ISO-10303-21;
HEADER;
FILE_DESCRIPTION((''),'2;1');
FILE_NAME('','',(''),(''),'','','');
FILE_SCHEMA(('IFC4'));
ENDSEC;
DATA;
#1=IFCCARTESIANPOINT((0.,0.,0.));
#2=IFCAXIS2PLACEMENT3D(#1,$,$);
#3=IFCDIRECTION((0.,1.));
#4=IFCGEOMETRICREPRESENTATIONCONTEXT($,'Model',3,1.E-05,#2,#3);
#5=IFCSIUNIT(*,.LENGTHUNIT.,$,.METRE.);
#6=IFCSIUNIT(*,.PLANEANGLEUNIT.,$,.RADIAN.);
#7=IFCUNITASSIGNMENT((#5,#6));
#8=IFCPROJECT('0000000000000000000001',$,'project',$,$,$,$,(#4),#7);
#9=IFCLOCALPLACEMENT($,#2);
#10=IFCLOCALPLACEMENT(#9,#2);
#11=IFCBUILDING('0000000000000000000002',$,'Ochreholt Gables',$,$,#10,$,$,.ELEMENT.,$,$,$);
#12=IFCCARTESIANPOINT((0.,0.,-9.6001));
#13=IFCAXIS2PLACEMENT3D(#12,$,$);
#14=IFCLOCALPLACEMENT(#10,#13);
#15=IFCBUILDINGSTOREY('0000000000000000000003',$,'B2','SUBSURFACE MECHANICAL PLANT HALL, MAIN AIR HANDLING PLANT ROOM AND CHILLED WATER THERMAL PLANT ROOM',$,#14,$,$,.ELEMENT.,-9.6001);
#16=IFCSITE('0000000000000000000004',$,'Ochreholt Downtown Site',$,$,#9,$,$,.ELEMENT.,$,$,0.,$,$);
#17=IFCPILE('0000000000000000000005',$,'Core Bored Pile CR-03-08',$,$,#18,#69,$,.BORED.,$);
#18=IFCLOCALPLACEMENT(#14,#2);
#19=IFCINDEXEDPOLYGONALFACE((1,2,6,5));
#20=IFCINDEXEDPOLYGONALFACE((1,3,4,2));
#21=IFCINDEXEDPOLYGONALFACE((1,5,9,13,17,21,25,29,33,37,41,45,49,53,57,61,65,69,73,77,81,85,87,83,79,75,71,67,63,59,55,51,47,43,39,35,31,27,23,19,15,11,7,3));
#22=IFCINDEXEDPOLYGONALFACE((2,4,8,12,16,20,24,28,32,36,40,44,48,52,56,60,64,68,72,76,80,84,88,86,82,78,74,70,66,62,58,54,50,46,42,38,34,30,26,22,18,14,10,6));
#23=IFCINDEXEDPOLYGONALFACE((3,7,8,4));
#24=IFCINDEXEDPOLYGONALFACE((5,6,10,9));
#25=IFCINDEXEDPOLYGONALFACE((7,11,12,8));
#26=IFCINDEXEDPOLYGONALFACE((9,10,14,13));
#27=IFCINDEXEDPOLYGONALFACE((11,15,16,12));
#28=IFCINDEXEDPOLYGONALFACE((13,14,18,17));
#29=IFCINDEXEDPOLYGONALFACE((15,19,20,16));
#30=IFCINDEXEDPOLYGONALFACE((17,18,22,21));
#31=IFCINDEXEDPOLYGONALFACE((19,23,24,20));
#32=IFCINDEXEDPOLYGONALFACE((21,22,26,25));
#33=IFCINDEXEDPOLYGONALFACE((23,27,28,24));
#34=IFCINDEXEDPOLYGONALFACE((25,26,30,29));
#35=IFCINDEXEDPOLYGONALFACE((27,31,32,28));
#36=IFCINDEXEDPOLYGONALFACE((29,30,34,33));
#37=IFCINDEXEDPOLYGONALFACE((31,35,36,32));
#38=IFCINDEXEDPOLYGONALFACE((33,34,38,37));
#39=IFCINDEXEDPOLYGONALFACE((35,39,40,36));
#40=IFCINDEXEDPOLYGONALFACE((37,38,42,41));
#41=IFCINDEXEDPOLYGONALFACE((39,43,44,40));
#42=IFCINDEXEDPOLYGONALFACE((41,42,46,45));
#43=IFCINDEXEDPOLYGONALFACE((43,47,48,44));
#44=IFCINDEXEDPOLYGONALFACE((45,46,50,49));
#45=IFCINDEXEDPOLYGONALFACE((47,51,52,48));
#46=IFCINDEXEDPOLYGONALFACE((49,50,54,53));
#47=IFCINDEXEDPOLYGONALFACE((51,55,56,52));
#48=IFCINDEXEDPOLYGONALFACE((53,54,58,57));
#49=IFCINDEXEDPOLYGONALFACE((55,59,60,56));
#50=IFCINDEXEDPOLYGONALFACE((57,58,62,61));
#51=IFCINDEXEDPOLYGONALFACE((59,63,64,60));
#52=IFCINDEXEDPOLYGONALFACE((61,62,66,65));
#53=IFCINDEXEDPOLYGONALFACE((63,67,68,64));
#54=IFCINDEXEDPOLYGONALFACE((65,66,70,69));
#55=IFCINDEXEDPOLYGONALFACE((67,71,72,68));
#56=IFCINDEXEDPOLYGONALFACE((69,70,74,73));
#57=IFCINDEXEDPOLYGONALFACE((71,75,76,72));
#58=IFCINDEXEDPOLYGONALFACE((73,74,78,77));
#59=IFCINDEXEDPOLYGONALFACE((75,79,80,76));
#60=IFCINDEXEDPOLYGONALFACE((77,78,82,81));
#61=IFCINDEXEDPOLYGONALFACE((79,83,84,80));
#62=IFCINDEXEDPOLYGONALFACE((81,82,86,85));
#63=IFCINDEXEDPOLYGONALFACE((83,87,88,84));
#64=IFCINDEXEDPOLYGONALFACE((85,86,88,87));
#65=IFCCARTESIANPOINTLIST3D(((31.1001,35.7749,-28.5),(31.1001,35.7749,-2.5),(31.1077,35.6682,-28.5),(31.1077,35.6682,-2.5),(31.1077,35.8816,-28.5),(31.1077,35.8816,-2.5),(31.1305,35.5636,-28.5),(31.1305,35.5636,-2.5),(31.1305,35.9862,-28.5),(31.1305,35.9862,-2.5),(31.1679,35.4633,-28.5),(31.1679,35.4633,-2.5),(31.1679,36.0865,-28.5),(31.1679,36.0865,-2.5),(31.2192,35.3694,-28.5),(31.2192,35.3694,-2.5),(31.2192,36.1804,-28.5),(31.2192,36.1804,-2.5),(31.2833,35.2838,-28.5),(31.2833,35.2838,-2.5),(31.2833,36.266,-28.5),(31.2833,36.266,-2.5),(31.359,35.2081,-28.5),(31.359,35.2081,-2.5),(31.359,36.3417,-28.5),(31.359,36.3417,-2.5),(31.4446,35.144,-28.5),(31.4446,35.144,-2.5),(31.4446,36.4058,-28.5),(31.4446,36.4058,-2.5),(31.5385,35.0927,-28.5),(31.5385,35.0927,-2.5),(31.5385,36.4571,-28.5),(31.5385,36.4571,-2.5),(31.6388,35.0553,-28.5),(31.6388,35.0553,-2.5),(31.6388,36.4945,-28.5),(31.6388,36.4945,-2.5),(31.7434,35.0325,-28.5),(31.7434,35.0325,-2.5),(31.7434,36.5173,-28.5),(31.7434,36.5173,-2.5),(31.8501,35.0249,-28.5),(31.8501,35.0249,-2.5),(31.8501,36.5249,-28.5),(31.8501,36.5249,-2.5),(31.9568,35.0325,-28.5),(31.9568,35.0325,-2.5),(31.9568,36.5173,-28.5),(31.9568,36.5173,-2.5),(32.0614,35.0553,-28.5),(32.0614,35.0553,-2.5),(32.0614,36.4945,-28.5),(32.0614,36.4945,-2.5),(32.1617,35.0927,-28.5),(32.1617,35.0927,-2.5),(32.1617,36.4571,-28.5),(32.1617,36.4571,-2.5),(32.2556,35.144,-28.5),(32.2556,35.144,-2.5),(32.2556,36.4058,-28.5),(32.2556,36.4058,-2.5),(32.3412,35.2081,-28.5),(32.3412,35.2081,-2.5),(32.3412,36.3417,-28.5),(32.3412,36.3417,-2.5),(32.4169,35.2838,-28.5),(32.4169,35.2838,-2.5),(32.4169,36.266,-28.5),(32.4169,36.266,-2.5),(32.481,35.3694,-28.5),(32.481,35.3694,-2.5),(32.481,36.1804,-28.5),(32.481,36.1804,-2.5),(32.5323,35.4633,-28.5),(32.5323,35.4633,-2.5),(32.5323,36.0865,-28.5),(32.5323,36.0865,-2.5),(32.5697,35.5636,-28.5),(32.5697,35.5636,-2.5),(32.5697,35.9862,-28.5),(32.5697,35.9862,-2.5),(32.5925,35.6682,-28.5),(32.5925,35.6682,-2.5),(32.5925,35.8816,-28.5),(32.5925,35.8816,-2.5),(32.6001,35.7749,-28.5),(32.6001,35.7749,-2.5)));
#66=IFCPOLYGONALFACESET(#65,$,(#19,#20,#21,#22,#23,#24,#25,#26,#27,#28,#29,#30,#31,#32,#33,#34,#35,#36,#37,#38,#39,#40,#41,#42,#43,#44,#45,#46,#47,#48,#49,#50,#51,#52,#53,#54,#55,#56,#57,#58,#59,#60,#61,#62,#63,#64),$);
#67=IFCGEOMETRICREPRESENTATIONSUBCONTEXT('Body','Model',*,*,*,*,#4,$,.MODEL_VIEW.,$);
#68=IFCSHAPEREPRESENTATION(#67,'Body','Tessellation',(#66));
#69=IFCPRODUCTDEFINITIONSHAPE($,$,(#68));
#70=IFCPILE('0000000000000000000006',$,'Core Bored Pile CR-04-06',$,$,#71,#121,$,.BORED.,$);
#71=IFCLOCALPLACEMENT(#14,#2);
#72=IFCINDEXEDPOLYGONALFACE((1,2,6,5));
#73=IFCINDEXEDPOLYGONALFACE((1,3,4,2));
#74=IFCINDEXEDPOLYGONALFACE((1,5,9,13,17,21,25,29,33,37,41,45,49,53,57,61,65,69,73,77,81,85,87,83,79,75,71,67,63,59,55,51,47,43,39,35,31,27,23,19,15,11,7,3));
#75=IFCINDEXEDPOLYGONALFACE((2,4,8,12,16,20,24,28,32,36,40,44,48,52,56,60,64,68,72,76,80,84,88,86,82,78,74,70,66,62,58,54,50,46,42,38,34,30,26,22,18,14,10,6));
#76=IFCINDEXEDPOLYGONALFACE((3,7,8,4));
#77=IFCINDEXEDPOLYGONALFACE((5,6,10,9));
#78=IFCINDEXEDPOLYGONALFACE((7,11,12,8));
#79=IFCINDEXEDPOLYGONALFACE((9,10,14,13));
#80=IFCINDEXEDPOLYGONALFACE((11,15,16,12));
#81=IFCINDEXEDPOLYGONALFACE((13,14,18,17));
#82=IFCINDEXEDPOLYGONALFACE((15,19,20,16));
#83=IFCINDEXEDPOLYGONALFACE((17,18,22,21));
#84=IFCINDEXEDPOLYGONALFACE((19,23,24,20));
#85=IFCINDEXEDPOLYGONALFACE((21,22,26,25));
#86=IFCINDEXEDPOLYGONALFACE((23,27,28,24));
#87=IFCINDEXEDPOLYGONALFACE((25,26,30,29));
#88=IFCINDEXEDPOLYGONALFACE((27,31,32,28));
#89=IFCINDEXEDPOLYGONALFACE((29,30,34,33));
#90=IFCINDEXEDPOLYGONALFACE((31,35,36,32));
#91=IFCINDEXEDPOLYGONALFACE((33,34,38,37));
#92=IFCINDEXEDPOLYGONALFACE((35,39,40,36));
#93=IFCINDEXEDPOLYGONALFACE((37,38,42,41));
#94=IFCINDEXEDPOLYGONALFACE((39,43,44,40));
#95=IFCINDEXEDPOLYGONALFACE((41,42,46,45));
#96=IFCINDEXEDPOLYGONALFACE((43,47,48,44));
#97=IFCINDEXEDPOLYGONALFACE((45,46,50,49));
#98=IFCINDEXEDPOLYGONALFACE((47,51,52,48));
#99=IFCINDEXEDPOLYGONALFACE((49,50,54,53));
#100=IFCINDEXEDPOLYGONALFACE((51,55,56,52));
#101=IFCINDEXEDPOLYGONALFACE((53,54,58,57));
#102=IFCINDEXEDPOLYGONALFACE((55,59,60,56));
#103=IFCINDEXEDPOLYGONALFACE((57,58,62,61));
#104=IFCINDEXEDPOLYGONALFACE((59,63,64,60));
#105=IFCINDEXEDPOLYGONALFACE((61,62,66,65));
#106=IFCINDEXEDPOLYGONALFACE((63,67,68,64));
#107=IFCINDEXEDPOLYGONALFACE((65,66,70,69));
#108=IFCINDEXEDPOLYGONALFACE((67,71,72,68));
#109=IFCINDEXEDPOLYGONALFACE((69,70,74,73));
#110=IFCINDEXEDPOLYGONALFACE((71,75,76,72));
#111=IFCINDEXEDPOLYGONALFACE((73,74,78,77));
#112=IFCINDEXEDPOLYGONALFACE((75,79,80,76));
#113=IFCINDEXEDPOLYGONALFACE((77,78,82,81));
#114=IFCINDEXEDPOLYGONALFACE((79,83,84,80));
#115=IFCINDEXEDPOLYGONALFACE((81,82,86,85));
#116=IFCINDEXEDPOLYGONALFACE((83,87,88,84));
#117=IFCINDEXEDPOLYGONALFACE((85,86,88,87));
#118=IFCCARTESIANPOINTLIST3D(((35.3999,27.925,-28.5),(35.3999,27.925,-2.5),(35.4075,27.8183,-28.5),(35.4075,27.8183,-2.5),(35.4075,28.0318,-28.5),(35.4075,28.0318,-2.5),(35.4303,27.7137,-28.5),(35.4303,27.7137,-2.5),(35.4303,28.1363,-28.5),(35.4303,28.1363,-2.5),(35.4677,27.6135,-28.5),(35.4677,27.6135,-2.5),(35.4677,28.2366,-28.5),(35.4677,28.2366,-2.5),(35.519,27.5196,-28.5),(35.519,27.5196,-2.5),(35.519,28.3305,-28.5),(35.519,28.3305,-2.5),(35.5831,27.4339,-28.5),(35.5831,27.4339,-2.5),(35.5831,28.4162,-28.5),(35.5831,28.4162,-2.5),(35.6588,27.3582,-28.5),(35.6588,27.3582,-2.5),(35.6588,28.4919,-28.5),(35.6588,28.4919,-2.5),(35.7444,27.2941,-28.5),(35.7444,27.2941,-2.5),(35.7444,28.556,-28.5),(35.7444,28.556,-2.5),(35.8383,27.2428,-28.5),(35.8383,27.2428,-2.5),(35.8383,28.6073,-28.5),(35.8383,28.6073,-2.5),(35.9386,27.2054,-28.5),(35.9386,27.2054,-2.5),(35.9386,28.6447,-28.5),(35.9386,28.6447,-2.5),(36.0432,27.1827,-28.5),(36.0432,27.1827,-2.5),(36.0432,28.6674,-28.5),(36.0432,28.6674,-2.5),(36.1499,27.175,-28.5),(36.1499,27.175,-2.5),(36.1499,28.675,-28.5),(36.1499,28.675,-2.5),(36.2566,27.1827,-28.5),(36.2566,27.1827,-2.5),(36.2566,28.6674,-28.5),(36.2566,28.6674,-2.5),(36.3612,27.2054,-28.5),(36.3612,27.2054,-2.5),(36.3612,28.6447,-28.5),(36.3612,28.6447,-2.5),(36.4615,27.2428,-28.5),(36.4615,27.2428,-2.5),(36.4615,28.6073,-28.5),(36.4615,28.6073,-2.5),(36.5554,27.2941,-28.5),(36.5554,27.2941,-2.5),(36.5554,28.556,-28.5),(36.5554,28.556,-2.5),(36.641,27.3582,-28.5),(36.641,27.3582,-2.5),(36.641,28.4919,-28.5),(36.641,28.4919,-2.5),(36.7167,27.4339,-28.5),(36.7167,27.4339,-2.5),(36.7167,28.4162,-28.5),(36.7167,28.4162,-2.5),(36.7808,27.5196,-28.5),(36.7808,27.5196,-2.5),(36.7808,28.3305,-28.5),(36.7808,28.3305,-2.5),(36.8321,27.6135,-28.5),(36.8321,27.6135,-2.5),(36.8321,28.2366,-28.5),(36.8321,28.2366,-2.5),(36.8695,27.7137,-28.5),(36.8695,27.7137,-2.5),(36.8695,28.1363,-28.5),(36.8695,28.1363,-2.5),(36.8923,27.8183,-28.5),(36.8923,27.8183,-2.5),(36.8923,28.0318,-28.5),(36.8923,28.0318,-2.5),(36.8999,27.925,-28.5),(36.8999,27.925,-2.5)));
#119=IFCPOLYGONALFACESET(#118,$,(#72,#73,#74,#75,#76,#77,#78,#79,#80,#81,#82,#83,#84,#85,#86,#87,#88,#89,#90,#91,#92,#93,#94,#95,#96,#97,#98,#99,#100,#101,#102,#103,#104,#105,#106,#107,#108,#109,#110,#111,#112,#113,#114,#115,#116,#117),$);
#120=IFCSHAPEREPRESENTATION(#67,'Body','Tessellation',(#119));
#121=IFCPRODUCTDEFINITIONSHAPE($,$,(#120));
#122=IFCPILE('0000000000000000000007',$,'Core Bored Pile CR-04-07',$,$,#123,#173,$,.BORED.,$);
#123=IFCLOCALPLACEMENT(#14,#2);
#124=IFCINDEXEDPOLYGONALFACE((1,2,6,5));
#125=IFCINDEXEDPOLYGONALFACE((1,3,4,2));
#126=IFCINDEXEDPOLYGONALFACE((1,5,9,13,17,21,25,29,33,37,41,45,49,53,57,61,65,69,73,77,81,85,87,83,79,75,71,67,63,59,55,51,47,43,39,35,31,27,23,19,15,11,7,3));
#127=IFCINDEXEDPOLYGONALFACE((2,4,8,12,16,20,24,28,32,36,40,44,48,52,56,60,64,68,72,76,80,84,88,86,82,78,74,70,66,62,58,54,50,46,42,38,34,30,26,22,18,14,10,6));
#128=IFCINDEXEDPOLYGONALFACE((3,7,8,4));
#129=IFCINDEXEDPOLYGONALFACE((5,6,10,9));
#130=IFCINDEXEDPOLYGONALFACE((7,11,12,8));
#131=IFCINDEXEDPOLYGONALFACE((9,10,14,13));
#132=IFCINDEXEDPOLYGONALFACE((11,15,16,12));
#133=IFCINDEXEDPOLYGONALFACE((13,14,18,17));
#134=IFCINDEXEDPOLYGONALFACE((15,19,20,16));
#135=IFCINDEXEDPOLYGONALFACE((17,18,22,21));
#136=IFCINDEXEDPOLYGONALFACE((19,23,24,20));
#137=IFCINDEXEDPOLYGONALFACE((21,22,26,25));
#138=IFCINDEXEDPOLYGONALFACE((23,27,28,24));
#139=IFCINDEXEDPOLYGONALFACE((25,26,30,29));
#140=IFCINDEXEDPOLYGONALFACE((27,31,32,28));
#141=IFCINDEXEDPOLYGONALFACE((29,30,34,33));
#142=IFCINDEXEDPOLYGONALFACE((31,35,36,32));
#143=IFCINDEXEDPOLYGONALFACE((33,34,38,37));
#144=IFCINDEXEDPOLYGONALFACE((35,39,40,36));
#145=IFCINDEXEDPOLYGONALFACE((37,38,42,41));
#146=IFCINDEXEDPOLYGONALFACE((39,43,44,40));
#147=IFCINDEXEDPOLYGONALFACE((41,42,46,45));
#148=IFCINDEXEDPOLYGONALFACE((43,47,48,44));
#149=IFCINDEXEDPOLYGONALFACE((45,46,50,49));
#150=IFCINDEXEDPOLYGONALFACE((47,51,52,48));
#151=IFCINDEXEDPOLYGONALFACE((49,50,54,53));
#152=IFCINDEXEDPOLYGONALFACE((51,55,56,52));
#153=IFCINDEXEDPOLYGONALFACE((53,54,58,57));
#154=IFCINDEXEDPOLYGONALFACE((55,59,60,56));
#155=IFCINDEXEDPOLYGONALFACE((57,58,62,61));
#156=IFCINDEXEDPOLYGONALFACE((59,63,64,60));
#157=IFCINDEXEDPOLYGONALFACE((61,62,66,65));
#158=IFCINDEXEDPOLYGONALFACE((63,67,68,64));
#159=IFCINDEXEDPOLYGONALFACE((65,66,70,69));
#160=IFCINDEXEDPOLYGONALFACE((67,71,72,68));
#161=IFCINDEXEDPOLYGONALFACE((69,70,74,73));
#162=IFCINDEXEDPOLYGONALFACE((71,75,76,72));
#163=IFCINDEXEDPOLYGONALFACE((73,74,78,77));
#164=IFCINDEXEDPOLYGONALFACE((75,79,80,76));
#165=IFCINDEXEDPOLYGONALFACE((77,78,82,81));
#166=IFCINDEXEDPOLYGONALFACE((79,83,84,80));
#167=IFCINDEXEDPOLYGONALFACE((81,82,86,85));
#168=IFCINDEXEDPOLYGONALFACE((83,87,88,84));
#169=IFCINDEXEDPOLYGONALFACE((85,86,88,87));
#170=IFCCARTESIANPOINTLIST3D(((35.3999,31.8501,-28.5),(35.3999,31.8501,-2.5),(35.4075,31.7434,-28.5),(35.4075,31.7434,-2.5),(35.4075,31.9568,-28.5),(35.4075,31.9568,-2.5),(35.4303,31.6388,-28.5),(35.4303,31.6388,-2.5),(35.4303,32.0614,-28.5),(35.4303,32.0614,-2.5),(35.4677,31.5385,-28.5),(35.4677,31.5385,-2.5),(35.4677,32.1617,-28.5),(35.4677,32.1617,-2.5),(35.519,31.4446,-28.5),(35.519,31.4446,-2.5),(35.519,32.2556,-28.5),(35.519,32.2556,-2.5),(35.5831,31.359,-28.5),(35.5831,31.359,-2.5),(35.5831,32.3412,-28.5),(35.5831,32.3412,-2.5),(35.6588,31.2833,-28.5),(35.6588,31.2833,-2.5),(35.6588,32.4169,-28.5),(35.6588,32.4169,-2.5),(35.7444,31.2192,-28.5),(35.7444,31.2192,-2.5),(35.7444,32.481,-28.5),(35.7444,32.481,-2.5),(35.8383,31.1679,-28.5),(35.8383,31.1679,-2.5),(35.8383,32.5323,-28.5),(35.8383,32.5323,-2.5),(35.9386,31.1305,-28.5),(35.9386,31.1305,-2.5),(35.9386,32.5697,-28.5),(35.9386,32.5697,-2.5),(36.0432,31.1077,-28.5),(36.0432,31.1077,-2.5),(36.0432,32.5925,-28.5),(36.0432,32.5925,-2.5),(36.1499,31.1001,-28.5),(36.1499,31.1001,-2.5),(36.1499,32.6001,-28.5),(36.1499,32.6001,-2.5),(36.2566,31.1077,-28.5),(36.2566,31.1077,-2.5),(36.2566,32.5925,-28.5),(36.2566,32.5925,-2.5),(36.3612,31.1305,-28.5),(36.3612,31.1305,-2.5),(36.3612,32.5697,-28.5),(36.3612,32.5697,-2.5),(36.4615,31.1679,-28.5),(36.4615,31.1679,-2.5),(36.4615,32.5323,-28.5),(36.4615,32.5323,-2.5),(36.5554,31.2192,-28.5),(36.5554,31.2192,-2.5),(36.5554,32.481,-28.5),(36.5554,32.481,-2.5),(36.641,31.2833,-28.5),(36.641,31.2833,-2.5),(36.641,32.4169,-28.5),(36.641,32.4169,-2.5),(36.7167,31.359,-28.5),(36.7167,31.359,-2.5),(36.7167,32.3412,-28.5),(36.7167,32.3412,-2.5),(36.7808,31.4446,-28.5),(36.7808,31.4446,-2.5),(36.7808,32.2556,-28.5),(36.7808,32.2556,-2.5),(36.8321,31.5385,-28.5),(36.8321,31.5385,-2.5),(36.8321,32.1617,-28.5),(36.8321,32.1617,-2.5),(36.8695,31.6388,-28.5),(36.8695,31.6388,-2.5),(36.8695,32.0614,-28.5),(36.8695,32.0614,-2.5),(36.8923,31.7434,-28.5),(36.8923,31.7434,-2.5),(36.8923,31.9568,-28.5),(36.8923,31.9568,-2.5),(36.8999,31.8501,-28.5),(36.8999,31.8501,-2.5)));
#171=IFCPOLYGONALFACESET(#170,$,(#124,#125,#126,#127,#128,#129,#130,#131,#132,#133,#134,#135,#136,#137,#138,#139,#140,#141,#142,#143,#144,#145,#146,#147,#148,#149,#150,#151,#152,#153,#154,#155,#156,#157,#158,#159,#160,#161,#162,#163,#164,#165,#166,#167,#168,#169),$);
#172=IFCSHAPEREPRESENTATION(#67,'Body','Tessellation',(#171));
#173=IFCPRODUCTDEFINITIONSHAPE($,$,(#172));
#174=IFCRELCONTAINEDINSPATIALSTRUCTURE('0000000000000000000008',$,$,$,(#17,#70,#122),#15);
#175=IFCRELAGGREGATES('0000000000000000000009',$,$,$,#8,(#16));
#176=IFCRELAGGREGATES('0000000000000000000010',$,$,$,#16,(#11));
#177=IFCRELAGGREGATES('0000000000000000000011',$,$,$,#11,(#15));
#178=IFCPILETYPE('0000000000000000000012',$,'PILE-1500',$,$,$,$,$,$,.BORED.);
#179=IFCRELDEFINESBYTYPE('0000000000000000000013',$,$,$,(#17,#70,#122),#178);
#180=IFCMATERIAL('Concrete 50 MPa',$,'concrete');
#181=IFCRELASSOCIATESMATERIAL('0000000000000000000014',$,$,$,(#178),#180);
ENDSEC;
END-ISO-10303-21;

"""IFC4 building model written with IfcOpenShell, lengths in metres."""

from ifc_helpers import new_model, si_unit, direction, frame, origin, origin_2d, place, context, subcontext, project, spatial, circle, extrude, material, material_profile, profile_set, type_object, element, save


model = new_model("IFC4")

# Units and contexts
model_context = context("Model", 3, precision=1e-05, world=origin(), true_north=direction((0.0, 1.0)))
body_context = subcontext(model_context, "Body", "Model", "MODEL_VIEW")
ifc_project = project(units=[si_unit("LENGTHUNIT", "METRE"), si_unit("PLANEANGLEUNIT", "RADIAN")], contexts=[model_context])

# Site, building, storey
site_placement = place(None, origin())
site = spatial("IfcSite", under=ifc_project, at=site_placement, Name="Ochreholt Downtown Site", CompositionType="ELEMENT", RefElevation=0.0)
building_placement = place(site_placement, origin())
building = spatial("IfcBuilding", under=site, at=building_placement, Name="Ochreholt Gables", CompositionType="ELEMENT")
storey_placement = place(building_placement, frame((0.0, 0.0, -9.6001)))
storey = spatial("IfcBuildingStorey", under=building, at=storey_placement, Name="B2", Description="SUBSURFACE MECHANICAL PLANT HALL, MAIN AIR HANDLING PLANT ROOM AND CHILLED WATER THERMAL PLANT ROOM", CompositionType="ELEMENT", Elevation=-9.6001)

# Piles
ifc_material_1 = material(Name="Concrete 50 MPa", Category="concrete")
ifc_material_profile_1 = material_profile(ifc_material_1, circle(Radius=0.75, at=origin_2d()), Name="PILE1500")
ifc_profile_set_1 = profile_set([ifc_material_profile_1], Name="Concrete 50 MPa")
pile_type_1 = type_object("IfcPileType", Name="PILE-1500", PredefinedType="BORED", material=ifc_profile_set_1)
for number, where, z_axis, x_axis, name in (
    (1, (31.8501, 35.7749, -2.5), (0.0, 0.0, -1.0), (1.0, 0.0, 0.0), "Core Bored Pile CR-03-08"),
    (2, (36.1499, 27.925, -2.5), (0.0, 0.0, -1.0), (1.0, 0.0, 0.0), "Core Bored Pile CR-04-06"),
    (3, (36.1499, 31.8501, -2.5), (0.0, 0.0, -1.0), (1.0, 0.0, 0.0), "Core Bored Pile CR-04-07"),
):
    element("IfcPile", number, at=place(storey_placement, frame(where, z_axis=z_axis, x_axis=x_axis)), inside=storey, type_object=pile_type_1, Name=name, PredefinedType="BORED", context=body_context, shape_type="SweptSolid", body=[
        extrude(circle(Radius=0.75, at=origin_2d()), origin(), (0.0, 0.0, 1.0), 26.0),
    ])

save(model, "model.ifc")
